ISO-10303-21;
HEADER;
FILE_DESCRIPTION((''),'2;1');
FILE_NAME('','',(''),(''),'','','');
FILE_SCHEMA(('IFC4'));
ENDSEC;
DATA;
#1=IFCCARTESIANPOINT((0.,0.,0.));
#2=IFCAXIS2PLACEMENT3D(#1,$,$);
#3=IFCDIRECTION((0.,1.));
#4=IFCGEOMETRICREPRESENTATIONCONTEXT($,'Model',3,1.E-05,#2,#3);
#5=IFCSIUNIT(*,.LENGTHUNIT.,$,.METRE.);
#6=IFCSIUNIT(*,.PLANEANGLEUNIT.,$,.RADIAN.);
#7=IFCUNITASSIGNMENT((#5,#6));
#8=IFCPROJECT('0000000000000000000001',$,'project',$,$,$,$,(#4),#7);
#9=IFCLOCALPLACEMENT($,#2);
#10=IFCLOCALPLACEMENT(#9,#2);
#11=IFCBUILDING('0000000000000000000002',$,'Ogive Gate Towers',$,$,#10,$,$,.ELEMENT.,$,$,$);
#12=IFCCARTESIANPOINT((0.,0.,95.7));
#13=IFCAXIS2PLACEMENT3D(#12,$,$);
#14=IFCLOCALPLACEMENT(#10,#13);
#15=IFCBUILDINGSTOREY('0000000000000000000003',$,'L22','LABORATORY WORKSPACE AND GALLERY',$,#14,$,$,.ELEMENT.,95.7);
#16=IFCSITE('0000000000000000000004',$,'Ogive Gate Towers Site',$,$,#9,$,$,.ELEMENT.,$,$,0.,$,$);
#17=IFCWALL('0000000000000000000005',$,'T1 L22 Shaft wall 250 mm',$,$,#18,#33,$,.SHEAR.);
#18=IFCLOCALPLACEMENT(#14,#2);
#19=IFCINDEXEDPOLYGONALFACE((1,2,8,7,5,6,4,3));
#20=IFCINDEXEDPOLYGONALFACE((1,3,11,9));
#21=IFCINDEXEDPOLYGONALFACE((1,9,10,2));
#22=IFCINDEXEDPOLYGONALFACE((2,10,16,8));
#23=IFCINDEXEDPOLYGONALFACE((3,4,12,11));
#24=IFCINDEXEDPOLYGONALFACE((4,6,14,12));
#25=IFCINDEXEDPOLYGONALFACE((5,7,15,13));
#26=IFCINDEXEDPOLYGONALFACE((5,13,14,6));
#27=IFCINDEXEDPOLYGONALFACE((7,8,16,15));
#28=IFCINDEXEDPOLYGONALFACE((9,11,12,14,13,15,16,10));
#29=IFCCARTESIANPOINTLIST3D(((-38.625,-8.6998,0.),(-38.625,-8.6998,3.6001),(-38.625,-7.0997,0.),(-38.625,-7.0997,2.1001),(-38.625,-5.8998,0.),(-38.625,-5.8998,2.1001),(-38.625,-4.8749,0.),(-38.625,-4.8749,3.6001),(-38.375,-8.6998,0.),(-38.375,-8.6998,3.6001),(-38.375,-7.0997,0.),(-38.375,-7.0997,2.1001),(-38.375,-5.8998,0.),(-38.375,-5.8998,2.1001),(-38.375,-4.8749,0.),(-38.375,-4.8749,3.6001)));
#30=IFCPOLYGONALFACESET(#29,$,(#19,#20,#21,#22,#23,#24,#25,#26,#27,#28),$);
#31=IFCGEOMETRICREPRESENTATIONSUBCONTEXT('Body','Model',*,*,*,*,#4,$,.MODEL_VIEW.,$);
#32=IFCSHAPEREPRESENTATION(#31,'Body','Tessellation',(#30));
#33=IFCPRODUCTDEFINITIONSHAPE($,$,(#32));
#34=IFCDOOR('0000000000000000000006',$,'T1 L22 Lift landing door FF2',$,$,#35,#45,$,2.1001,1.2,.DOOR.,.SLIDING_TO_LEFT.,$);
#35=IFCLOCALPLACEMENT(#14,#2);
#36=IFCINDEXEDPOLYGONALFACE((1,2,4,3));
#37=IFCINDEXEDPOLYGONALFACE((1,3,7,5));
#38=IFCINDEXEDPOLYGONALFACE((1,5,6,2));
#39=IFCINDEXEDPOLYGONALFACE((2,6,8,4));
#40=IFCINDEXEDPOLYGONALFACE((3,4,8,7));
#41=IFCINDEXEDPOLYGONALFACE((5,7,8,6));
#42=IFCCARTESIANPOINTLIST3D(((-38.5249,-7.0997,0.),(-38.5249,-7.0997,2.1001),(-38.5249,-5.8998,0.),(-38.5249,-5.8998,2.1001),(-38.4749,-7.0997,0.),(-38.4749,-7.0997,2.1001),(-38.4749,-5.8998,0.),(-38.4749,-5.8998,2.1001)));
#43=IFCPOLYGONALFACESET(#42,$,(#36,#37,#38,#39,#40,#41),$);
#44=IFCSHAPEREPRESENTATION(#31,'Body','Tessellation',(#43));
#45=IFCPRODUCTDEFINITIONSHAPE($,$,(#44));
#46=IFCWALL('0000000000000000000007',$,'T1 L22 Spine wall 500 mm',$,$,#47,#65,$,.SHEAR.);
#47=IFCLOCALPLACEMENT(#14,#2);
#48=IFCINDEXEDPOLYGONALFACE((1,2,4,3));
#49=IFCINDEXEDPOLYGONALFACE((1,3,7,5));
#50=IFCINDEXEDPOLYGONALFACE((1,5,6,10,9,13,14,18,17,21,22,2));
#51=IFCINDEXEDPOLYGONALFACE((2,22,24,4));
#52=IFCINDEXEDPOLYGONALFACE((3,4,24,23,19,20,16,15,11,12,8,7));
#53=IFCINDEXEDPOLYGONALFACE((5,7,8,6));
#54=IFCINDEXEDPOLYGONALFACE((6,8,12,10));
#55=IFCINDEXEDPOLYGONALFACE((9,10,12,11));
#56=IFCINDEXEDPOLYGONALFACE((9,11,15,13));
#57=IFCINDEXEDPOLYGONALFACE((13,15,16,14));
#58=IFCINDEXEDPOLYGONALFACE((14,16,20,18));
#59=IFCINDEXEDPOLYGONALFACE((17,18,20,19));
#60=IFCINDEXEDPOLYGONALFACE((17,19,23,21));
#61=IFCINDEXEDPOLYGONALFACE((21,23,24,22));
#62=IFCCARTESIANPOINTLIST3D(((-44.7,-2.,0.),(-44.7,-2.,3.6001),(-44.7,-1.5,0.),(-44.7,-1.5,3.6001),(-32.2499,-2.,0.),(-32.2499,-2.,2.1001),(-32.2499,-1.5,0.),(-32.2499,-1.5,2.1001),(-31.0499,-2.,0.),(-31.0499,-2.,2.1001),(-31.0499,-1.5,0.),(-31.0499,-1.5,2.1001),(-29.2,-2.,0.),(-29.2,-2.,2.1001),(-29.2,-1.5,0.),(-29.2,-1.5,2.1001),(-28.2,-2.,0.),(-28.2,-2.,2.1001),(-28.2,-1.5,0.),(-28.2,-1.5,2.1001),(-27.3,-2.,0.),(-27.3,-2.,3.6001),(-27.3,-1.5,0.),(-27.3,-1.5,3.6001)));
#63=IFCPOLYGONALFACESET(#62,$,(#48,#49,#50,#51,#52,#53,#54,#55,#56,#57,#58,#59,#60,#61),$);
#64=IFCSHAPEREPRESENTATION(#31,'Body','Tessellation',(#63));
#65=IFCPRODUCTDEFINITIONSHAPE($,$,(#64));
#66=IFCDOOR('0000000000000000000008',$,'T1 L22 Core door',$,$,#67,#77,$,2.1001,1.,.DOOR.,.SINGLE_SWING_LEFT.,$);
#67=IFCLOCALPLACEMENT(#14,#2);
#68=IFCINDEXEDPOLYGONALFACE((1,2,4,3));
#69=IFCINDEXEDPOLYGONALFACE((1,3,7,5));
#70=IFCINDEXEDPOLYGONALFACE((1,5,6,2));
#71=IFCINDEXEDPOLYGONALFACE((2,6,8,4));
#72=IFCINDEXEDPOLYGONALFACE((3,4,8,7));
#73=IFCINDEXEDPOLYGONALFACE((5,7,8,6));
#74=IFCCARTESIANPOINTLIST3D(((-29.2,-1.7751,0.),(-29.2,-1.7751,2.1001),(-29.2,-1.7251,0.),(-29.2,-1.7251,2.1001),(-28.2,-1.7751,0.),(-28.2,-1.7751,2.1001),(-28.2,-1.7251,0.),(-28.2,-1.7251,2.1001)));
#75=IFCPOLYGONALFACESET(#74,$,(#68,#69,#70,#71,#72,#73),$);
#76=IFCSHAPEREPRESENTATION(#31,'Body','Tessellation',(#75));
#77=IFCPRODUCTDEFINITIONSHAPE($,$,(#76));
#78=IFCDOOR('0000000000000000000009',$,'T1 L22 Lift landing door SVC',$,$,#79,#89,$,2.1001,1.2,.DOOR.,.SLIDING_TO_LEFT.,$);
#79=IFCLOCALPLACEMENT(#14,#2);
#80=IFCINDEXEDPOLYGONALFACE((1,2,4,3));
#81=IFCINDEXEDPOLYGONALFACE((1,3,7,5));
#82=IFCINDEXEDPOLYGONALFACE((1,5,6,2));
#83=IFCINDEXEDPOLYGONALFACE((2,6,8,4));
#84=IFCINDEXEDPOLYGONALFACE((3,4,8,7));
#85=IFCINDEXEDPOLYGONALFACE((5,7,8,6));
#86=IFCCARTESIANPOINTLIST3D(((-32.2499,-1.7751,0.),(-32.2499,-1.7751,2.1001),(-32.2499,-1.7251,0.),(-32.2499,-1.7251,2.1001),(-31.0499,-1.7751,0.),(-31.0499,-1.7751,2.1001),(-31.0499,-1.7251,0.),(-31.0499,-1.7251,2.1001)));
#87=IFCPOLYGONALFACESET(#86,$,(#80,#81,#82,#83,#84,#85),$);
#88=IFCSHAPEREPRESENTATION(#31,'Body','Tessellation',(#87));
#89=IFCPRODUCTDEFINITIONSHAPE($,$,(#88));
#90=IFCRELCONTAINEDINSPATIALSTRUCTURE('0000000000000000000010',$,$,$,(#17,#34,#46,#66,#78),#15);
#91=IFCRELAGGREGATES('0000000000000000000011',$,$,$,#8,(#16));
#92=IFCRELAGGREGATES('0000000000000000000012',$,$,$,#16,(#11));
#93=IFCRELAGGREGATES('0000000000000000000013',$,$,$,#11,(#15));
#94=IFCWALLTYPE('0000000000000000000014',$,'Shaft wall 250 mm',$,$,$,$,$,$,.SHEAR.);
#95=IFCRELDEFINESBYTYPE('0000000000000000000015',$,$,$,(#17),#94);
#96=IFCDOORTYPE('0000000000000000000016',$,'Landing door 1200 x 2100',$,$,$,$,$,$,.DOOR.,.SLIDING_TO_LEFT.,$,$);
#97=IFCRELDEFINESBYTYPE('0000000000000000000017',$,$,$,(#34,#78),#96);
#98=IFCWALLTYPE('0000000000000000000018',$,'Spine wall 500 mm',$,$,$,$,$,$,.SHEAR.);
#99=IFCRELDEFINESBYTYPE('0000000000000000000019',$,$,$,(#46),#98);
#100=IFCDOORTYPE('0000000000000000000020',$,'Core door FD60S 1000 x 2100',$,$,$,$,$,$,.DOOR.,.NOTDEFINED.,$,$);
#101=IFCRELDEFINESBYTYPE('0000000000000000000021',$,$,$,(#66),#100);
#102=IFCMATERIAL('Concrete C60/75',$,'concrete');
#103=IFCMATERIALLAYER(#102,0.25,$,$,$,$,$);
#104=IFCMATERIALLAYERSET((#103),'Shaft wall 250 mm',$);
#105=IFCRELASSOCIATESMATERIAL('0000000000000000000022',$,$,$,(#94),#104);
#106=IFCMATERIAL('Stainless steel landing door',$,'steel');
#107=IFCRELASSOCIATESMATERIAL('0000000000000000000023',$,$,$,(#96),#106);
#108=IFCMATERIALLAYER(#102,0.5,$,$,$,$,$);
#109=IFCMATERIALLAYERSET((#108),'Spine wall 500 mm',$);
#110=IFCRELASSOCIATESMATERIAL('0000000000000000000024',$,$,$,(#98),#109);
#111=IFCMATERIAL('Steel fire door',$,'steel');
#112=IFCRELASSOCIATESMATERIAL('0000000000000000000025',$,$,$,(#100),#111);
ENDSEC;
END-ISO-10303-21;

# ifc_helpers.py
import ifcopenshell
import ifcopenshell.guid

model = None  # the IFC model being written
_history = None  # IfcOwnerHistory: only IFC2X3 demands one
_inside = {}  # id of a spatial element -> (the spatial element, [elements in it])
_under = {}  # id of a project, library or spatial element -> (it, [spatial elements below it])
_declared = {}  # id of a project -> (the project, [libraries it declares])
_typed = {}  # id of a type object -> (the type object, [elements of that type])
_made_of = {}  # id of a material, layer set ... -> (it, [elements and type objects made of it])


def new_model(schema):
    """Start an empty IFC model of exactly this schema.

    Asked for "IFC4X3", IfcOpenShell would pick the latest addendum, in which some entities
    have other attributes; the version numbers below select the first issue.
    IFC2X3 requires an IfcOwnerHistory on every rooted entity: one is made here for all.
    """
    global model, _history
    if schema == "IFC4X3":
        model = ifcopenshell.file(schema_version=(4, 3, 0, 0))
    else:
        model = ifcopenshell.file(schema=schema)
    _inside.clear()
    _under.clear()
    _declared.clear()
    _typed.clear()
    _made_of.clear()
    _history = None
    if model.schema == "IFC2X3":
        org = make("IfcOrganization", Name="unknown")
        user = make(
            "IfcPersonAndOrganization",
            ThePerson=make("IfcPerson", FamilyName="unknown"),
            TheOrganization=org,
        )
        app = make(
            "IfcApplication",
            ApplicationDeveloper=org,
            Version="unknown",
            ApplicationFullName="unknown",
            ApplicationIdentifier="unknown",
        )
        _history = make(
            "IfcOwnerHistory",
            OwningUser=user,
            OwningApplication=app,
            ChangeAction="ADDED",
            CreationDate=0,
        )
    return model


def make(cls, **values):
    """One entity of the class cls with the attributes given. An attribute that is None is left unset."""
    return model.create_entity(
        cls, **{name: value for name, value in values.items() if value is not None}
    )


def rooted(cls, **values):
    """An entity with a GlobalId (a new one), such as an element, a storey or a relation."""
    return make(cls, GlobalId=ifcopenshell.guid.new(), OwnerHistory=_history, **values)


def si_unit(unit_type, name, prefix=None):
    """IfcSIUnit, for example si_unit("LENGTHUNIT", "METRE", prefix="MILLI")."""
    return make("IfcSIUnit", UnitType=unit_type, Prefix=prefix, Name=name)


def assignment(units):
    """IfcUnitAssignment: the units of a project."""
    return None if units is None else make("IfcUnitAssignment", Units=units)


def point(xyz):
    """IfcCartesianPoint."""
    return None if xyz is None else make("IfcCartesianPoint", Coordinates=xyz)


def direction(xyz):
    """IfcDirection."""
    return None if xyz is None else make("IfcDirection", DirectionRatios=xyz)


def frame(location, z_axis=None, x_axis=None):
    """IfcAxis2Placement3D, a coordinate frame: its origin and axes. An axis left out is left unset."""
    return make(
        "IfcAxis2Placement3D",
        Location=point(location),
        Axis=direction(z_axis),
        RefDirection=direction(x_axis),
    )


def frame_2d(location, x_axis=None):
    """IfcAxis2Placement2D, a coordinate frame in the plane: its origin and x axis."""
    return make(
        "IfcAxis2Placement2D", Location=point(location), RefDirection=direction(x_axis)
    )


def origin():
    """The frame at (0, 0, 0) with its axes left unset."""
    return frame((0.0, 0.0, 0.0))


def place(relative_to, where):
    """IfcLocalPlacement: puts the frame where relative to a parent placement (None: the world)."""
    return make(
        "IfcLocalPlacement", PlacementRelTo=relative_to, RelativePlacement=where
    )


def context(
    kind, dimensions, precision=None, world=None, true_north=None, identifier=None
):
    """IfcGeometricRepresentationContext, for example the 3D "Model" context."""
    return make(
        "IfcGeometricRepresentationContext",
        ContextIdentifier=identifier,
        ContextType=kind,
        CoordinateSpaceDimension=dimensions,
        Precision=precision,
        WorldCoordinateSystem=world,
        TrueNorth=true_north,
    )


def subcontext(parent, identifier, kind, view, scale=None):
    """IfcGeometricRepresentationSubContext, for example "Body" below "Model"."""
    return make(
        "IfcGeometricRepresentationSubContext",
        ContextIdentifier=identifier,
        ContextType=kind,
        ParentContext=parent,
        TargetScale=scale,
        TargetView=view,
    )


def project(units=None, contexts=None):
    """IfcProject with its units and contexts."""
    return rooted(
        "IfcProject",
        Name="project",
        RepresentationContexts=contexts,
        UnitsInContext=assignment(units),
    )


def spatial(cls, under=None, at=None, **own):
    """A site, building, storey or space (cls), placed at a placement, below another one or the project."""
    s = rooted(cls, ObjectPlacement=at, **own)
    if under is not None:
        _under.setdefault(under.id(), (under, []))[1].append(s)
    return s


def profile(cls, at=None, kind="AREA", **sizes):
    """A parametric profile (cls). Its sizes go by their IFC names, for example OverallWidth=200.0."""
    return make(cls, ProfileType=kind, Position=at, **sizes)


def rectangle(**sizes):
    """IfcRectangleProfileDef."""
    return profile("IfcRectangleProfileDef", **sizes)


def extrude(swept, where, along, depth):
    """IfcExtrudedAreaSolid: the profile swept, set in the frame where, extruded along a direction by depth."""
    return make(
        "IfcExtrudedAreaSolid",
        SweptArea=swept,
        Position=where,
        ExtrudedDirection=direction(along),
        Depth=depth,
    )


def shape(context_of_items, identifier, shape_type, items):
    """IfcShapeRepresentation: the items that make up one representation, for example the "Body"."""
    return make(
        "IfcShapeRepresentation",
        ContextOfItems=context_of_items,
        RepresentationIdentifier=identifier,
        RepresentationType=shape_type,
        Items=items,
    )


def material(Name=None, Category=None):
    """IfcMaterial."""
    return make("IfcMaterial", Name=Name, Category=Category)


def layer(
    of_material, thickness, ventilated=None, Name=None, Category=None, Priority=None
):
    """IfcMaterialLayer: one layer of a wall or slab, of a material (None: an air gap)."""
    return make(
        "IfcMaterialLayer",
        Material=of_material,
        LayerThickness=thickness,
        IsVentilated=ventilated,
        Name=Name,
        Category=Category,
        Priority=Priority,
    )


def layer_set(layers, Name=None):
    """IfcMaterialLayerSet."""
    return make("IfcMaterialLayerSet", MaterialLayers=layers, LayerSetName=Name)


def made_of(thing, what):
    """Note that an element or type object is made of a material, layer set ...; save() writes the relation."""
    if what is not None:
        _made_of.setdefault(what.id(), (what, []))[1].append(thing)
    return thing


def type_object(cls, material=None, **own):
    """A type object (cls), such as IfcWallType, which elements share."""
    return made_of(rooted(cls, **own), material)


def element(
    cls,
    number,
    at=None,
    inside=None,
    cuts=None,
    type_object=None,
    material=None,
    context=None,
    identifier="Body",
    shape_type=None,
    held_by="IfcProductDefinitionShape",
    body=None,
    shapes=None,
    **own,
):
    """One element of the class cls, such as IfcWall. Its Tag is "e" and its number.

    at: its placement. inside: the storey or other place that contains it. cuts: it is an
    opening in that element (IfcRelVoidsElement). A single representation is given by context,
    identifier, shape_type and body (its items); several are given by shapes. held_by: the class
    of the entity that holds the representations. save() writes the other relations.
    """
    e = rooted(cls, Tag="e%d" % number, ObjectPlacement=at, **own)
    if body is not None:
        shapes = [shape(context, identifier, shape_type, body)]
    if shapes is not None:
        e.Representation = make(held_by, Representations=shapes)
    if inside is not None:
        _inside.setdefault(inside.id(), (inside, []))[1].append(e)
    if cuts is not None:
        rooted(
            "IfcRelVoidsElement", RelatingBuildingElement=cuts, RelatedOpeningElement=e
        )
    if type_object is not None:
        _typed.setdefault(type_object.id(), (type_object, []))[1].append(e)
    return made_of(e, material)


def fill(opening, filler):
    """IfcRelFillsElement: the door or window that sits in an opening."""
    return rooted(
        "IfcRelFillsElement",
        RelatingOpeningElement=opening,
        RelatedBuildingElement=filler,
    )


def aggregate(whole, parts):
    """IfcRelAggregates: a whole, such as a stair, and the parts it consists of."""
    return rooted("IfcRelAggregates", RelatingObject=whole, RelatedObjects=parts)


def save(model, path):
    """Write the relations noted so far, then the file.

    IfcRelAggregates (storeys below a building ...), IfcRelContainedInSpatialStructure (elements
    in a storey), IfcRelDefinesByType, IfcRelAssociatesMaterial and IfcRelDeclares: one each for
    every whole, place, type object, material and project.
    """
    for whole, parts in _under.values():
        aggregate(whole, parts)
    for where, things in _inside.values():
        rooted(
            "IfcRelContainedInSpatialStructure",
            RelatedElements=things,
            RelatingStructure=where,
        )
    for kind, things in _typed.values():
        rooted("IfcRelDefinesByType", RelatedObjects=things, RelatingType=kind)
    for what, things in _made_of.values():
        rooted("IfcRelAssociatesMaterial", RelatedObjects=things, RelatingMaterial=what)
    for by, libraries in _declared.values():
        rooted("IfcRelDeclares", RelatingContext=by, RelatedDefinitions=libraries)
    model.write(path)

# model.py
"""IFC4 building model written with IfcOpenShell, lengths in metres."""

from ifc_helpers import new_model, si_unit, direction, frame, frame_2d, origin, place, context, subcontext, project, spatial, rectangle, extrude, material, layer, layer_set, type_object, element, fill, save


model = new_model("IFC4")

# Units and contexts
model_context = context("Model", 3, precision=1e-05, world=origin(), true_north=direction((0.0, 1.0)))
body_context = subcontext(model_context, "Body", "Model", "MODEL_VIEW")
ifc_project = project(units=[si_unit("LENGTHUNIT", "METRE"), si_unit("PLANEANGLEUNIT", "RADIAN")], contexts=[model_context])

# Site, building, storey
site_placement = place(None, origin())
site = spatial("IfcSite", under=ifc_project, at=site_placement, Name="Ogive Gate Towers Site", CompositionType="ELEMENT", RefElevation=0.0)
building_placement = place(site_placement, origin())
building = spatial("IfcBuilding", under=site, at=building_placement, Name="Ogive Gate Towers", CompositionType="ELEMENT")
storey_placement = place(building_placement, frame((0.0, 0.0, 95.7)))
storey = spatial("IfcBuildingStorey", under=building, at=storey_placement, Name="L22", Description="LABORATORY WORKSPACE AND GALLERY", CompositionType="ELEMENT", Elevation=95.7)

# Shared definitions
ifc_material_1 = material(Name="Concrete C60/75", Category="concrete")
ifc_material_2 = material(Name="Steel fire door", Category="steel")

# Shared definitions
ifc_layer_1 = layer(ifc_material_1, 0.25)
ifc_layer_set_1 = layer_set([ifc_layer_1], Name="Shaft wall 250 mm")
wall_type_1 = type_object("IfcWallType", Name="Shaft wall 250 mm", PredefinedType="SHEAR", material=ifc_layer_set_1)

# Wall, opening, door
wall_1_placement = place(storey_placement, frame((-38.5, -8.7, 0.0), z_axis=(0.0, 0.0, 1.0), x_axis=(0.0, 1.0, 0.0)))
wall_1 = element("IfcWall", 1, at=wall_1_placement, inside=storey, type_object=wall_type_1, Name="T1 L22 Shaft wall 250 mm", PredefinedType="SHEAR", context=body_context, shape_type="SweptSolid", body=[
    extrude(rectangle(XDim=3.825, YDim=0.25, at=frame_2d((1.9126, 0.0))), origin(), (0.0, 0.0, 1.0), 3.6001),
])
opening_1_placement = place(wall_1_placement, frame((1.6001, 0.0, 0.0)))
opening_1 = element("IfcOpeningElement", 2, at=opening_1_placement, cuts=wall_1, PredefinedType="OPENING", context=body_context, shape_type="SweptSolid", body=[
    extrude(rectangle(XDim=1.2, YDim=2.1001, at=frame_2d((0.6001, 1.05))), frame((0.0, 0.135, 0.0), z_axis=(0.0, -1.0, 0.0), x_axis=(1.0, 0.0, 0.0)), (0.0, 0.0, 1.0), 0.27),
])
ifc_material_3 = material(Name="Stainless steel landing door", Category="steel")
door_type_1 = type_object("IfcDoorType", Name="Landing door 1200 x 2100", OperationType="SLIDING_TO_LEFT", PredefinedType="DOOR", material=ifc_material_3)
door_1_placement = place(opening_1_placement, origin())
door_1 = element("IfcDoor", 3, at=door_1_placement, inside=storey, type_object=door_type_1, Name="T1 L22 Lift landing door FF2", OperationType="SLIDING_TO_LEFT", OverallHeight=2.1001, OverallWidth=1.2, PredefinedType="DOOR", context=body_context, shape_type="SweptSolid", body=[
    extrude(rectangle(XDim=1.2, YDim=2.1001, at=frame_2d((0.6001, 1.05))), frame((0.0, 0.0249, 0.0), z_axis=(0.0, -1.0, 0.0), x_axis=(1.0, 0.0, 0.0)), (0.0, 0.0, 1.0), 0.05),
])
fill(opening_1, door_1)

# Wall, openings, doors
ifc_layer_2 = layer(ifc_material_1, 0.5)
ifc_layer_set_2 = layer_set([ifc_layer_2], Name="Spine wall 500 mm")
wall_type_2 = type_object("IfcWallType", Name="Spine wall 500 mm", PredefinedType="SHEAR", material=ifc_layer_set_2)
wall_2_placement = place(storey_placement, frame((-44.7, -1.75, 0.0), z_axis=(0.0, 0.0, 1.0), x_axis=(1.0, 0.0, 0.0)))
wall_2 = element("IfcWall", 4, at=wall_2_placement, inside=storey, type_object=wall_type_2, Name="T1 L22 Spine wall 500 mm", PredefinedType="SHEAR", context=body_context, shape_type="SweptSolid", body=[
    extrude(rectangle(XDim=17.3999, YDim=0.5, at=frame_2d((8.7, 0.0))), origin(), (0.0, 0.0, 1.0), 3.6001),
])
opening_2_placement = place(wall_2_placement, frame((12.45, 0.0, 0.0)))
opening_2 = element("IfcOpeningElement", 5, at=opening_2_placement, cuts=wall_2, PredefinedType="OPENING", context=body_context, shape_type="SweptSolid", body=[
    extrude(rectangle(XDim=1.2, YDim=2.1001, at=frame_2d((0.6001, 1.05))), frame((0.0, 0.26, 0.0), z_axis=(0.0, -1.0, 0.0), x_axis=(1.0, 0.0, 0.0)), (0.0, 0.0, 1.0), 0.52),
])
opening_3_placement = place(wall_2_placement, frame((15.5, 0.0, 0.0)))
opening_3 = element("IfcOpeningElement", 6, at=opening_3_placement, cuts=wall_2, PredefinedType="OPENING", context=body_context, shape_type="SweptSolid", body=[
    extrude(rectangle(XDim=1.0, YDim=2.1001, at=frame_2d((0.5, 1.05))), frame((0.0, 0.26, 0.0), z_axis=(0.0, -1.0, 0.0), x_axis=(1.0, 0.0, 0.0)), (0.0, 0.0, 1.0), 0.52),
])
door_type_2 = type_object("IfcDoorType", Name="Core door FD60S 1000 x 2100", OperationType="NOTDEFINED", PredefinedType="DOOR", material=ifc_material_2)
door_2_placement = place(opening_3_placement, origin())
door_2 = element("IfcDoor", 7, at=door_2_placement, inside=storey, type_object=door_type_2, Name="T1 L22 Core door", OperationType="SINGLE_SWING_LEFT", OverallHeight=2.1001, OverallWidth=1.0, PredefinedType="DOOR", context=body_context, shape_type="SweptSolid", body=[
    extrude(rectangle(XDim=1.0, YDim=2.1001, at=frame_2d((0.5, 1.05))), frame((0.0, 0.0249, 0.0), z_axis=(0.0, -1.0, 0.0), x_axis=(1.0, 0.0, 0.0)), (0.0, 0.0, 1.0), 0.05),
])
fill(opening_3, door_2)
door_3_placement = place(opening_2_placement, origin())
door_3 = element("IfcDoor", 8, at=door_3_placement, inside=storey, type_object=door_type_1, Name="T1 L22 Lift landing door SVC", OperationType="SLIDING_TO_LEFT", OverallHeight=2.1001, OverallWidth=1.2, PredefinedType="DOOR", context=body_context, shape_type="SweptSolid", body=[
    extrude(rectangle(XDim=1.2, YDim=2.1001, at=frame_2d((0.6001, 1.05))), frame((0.0, 0.0249, 0.0), z_axis=(0.0, -1.0, 0.0), x_axis=(1.0, 0.0, 0.0)), (0.0, 0.0, 1.0), 0.05),
])
fill(opening_2, door_3)

save(model, "model.ifc")
